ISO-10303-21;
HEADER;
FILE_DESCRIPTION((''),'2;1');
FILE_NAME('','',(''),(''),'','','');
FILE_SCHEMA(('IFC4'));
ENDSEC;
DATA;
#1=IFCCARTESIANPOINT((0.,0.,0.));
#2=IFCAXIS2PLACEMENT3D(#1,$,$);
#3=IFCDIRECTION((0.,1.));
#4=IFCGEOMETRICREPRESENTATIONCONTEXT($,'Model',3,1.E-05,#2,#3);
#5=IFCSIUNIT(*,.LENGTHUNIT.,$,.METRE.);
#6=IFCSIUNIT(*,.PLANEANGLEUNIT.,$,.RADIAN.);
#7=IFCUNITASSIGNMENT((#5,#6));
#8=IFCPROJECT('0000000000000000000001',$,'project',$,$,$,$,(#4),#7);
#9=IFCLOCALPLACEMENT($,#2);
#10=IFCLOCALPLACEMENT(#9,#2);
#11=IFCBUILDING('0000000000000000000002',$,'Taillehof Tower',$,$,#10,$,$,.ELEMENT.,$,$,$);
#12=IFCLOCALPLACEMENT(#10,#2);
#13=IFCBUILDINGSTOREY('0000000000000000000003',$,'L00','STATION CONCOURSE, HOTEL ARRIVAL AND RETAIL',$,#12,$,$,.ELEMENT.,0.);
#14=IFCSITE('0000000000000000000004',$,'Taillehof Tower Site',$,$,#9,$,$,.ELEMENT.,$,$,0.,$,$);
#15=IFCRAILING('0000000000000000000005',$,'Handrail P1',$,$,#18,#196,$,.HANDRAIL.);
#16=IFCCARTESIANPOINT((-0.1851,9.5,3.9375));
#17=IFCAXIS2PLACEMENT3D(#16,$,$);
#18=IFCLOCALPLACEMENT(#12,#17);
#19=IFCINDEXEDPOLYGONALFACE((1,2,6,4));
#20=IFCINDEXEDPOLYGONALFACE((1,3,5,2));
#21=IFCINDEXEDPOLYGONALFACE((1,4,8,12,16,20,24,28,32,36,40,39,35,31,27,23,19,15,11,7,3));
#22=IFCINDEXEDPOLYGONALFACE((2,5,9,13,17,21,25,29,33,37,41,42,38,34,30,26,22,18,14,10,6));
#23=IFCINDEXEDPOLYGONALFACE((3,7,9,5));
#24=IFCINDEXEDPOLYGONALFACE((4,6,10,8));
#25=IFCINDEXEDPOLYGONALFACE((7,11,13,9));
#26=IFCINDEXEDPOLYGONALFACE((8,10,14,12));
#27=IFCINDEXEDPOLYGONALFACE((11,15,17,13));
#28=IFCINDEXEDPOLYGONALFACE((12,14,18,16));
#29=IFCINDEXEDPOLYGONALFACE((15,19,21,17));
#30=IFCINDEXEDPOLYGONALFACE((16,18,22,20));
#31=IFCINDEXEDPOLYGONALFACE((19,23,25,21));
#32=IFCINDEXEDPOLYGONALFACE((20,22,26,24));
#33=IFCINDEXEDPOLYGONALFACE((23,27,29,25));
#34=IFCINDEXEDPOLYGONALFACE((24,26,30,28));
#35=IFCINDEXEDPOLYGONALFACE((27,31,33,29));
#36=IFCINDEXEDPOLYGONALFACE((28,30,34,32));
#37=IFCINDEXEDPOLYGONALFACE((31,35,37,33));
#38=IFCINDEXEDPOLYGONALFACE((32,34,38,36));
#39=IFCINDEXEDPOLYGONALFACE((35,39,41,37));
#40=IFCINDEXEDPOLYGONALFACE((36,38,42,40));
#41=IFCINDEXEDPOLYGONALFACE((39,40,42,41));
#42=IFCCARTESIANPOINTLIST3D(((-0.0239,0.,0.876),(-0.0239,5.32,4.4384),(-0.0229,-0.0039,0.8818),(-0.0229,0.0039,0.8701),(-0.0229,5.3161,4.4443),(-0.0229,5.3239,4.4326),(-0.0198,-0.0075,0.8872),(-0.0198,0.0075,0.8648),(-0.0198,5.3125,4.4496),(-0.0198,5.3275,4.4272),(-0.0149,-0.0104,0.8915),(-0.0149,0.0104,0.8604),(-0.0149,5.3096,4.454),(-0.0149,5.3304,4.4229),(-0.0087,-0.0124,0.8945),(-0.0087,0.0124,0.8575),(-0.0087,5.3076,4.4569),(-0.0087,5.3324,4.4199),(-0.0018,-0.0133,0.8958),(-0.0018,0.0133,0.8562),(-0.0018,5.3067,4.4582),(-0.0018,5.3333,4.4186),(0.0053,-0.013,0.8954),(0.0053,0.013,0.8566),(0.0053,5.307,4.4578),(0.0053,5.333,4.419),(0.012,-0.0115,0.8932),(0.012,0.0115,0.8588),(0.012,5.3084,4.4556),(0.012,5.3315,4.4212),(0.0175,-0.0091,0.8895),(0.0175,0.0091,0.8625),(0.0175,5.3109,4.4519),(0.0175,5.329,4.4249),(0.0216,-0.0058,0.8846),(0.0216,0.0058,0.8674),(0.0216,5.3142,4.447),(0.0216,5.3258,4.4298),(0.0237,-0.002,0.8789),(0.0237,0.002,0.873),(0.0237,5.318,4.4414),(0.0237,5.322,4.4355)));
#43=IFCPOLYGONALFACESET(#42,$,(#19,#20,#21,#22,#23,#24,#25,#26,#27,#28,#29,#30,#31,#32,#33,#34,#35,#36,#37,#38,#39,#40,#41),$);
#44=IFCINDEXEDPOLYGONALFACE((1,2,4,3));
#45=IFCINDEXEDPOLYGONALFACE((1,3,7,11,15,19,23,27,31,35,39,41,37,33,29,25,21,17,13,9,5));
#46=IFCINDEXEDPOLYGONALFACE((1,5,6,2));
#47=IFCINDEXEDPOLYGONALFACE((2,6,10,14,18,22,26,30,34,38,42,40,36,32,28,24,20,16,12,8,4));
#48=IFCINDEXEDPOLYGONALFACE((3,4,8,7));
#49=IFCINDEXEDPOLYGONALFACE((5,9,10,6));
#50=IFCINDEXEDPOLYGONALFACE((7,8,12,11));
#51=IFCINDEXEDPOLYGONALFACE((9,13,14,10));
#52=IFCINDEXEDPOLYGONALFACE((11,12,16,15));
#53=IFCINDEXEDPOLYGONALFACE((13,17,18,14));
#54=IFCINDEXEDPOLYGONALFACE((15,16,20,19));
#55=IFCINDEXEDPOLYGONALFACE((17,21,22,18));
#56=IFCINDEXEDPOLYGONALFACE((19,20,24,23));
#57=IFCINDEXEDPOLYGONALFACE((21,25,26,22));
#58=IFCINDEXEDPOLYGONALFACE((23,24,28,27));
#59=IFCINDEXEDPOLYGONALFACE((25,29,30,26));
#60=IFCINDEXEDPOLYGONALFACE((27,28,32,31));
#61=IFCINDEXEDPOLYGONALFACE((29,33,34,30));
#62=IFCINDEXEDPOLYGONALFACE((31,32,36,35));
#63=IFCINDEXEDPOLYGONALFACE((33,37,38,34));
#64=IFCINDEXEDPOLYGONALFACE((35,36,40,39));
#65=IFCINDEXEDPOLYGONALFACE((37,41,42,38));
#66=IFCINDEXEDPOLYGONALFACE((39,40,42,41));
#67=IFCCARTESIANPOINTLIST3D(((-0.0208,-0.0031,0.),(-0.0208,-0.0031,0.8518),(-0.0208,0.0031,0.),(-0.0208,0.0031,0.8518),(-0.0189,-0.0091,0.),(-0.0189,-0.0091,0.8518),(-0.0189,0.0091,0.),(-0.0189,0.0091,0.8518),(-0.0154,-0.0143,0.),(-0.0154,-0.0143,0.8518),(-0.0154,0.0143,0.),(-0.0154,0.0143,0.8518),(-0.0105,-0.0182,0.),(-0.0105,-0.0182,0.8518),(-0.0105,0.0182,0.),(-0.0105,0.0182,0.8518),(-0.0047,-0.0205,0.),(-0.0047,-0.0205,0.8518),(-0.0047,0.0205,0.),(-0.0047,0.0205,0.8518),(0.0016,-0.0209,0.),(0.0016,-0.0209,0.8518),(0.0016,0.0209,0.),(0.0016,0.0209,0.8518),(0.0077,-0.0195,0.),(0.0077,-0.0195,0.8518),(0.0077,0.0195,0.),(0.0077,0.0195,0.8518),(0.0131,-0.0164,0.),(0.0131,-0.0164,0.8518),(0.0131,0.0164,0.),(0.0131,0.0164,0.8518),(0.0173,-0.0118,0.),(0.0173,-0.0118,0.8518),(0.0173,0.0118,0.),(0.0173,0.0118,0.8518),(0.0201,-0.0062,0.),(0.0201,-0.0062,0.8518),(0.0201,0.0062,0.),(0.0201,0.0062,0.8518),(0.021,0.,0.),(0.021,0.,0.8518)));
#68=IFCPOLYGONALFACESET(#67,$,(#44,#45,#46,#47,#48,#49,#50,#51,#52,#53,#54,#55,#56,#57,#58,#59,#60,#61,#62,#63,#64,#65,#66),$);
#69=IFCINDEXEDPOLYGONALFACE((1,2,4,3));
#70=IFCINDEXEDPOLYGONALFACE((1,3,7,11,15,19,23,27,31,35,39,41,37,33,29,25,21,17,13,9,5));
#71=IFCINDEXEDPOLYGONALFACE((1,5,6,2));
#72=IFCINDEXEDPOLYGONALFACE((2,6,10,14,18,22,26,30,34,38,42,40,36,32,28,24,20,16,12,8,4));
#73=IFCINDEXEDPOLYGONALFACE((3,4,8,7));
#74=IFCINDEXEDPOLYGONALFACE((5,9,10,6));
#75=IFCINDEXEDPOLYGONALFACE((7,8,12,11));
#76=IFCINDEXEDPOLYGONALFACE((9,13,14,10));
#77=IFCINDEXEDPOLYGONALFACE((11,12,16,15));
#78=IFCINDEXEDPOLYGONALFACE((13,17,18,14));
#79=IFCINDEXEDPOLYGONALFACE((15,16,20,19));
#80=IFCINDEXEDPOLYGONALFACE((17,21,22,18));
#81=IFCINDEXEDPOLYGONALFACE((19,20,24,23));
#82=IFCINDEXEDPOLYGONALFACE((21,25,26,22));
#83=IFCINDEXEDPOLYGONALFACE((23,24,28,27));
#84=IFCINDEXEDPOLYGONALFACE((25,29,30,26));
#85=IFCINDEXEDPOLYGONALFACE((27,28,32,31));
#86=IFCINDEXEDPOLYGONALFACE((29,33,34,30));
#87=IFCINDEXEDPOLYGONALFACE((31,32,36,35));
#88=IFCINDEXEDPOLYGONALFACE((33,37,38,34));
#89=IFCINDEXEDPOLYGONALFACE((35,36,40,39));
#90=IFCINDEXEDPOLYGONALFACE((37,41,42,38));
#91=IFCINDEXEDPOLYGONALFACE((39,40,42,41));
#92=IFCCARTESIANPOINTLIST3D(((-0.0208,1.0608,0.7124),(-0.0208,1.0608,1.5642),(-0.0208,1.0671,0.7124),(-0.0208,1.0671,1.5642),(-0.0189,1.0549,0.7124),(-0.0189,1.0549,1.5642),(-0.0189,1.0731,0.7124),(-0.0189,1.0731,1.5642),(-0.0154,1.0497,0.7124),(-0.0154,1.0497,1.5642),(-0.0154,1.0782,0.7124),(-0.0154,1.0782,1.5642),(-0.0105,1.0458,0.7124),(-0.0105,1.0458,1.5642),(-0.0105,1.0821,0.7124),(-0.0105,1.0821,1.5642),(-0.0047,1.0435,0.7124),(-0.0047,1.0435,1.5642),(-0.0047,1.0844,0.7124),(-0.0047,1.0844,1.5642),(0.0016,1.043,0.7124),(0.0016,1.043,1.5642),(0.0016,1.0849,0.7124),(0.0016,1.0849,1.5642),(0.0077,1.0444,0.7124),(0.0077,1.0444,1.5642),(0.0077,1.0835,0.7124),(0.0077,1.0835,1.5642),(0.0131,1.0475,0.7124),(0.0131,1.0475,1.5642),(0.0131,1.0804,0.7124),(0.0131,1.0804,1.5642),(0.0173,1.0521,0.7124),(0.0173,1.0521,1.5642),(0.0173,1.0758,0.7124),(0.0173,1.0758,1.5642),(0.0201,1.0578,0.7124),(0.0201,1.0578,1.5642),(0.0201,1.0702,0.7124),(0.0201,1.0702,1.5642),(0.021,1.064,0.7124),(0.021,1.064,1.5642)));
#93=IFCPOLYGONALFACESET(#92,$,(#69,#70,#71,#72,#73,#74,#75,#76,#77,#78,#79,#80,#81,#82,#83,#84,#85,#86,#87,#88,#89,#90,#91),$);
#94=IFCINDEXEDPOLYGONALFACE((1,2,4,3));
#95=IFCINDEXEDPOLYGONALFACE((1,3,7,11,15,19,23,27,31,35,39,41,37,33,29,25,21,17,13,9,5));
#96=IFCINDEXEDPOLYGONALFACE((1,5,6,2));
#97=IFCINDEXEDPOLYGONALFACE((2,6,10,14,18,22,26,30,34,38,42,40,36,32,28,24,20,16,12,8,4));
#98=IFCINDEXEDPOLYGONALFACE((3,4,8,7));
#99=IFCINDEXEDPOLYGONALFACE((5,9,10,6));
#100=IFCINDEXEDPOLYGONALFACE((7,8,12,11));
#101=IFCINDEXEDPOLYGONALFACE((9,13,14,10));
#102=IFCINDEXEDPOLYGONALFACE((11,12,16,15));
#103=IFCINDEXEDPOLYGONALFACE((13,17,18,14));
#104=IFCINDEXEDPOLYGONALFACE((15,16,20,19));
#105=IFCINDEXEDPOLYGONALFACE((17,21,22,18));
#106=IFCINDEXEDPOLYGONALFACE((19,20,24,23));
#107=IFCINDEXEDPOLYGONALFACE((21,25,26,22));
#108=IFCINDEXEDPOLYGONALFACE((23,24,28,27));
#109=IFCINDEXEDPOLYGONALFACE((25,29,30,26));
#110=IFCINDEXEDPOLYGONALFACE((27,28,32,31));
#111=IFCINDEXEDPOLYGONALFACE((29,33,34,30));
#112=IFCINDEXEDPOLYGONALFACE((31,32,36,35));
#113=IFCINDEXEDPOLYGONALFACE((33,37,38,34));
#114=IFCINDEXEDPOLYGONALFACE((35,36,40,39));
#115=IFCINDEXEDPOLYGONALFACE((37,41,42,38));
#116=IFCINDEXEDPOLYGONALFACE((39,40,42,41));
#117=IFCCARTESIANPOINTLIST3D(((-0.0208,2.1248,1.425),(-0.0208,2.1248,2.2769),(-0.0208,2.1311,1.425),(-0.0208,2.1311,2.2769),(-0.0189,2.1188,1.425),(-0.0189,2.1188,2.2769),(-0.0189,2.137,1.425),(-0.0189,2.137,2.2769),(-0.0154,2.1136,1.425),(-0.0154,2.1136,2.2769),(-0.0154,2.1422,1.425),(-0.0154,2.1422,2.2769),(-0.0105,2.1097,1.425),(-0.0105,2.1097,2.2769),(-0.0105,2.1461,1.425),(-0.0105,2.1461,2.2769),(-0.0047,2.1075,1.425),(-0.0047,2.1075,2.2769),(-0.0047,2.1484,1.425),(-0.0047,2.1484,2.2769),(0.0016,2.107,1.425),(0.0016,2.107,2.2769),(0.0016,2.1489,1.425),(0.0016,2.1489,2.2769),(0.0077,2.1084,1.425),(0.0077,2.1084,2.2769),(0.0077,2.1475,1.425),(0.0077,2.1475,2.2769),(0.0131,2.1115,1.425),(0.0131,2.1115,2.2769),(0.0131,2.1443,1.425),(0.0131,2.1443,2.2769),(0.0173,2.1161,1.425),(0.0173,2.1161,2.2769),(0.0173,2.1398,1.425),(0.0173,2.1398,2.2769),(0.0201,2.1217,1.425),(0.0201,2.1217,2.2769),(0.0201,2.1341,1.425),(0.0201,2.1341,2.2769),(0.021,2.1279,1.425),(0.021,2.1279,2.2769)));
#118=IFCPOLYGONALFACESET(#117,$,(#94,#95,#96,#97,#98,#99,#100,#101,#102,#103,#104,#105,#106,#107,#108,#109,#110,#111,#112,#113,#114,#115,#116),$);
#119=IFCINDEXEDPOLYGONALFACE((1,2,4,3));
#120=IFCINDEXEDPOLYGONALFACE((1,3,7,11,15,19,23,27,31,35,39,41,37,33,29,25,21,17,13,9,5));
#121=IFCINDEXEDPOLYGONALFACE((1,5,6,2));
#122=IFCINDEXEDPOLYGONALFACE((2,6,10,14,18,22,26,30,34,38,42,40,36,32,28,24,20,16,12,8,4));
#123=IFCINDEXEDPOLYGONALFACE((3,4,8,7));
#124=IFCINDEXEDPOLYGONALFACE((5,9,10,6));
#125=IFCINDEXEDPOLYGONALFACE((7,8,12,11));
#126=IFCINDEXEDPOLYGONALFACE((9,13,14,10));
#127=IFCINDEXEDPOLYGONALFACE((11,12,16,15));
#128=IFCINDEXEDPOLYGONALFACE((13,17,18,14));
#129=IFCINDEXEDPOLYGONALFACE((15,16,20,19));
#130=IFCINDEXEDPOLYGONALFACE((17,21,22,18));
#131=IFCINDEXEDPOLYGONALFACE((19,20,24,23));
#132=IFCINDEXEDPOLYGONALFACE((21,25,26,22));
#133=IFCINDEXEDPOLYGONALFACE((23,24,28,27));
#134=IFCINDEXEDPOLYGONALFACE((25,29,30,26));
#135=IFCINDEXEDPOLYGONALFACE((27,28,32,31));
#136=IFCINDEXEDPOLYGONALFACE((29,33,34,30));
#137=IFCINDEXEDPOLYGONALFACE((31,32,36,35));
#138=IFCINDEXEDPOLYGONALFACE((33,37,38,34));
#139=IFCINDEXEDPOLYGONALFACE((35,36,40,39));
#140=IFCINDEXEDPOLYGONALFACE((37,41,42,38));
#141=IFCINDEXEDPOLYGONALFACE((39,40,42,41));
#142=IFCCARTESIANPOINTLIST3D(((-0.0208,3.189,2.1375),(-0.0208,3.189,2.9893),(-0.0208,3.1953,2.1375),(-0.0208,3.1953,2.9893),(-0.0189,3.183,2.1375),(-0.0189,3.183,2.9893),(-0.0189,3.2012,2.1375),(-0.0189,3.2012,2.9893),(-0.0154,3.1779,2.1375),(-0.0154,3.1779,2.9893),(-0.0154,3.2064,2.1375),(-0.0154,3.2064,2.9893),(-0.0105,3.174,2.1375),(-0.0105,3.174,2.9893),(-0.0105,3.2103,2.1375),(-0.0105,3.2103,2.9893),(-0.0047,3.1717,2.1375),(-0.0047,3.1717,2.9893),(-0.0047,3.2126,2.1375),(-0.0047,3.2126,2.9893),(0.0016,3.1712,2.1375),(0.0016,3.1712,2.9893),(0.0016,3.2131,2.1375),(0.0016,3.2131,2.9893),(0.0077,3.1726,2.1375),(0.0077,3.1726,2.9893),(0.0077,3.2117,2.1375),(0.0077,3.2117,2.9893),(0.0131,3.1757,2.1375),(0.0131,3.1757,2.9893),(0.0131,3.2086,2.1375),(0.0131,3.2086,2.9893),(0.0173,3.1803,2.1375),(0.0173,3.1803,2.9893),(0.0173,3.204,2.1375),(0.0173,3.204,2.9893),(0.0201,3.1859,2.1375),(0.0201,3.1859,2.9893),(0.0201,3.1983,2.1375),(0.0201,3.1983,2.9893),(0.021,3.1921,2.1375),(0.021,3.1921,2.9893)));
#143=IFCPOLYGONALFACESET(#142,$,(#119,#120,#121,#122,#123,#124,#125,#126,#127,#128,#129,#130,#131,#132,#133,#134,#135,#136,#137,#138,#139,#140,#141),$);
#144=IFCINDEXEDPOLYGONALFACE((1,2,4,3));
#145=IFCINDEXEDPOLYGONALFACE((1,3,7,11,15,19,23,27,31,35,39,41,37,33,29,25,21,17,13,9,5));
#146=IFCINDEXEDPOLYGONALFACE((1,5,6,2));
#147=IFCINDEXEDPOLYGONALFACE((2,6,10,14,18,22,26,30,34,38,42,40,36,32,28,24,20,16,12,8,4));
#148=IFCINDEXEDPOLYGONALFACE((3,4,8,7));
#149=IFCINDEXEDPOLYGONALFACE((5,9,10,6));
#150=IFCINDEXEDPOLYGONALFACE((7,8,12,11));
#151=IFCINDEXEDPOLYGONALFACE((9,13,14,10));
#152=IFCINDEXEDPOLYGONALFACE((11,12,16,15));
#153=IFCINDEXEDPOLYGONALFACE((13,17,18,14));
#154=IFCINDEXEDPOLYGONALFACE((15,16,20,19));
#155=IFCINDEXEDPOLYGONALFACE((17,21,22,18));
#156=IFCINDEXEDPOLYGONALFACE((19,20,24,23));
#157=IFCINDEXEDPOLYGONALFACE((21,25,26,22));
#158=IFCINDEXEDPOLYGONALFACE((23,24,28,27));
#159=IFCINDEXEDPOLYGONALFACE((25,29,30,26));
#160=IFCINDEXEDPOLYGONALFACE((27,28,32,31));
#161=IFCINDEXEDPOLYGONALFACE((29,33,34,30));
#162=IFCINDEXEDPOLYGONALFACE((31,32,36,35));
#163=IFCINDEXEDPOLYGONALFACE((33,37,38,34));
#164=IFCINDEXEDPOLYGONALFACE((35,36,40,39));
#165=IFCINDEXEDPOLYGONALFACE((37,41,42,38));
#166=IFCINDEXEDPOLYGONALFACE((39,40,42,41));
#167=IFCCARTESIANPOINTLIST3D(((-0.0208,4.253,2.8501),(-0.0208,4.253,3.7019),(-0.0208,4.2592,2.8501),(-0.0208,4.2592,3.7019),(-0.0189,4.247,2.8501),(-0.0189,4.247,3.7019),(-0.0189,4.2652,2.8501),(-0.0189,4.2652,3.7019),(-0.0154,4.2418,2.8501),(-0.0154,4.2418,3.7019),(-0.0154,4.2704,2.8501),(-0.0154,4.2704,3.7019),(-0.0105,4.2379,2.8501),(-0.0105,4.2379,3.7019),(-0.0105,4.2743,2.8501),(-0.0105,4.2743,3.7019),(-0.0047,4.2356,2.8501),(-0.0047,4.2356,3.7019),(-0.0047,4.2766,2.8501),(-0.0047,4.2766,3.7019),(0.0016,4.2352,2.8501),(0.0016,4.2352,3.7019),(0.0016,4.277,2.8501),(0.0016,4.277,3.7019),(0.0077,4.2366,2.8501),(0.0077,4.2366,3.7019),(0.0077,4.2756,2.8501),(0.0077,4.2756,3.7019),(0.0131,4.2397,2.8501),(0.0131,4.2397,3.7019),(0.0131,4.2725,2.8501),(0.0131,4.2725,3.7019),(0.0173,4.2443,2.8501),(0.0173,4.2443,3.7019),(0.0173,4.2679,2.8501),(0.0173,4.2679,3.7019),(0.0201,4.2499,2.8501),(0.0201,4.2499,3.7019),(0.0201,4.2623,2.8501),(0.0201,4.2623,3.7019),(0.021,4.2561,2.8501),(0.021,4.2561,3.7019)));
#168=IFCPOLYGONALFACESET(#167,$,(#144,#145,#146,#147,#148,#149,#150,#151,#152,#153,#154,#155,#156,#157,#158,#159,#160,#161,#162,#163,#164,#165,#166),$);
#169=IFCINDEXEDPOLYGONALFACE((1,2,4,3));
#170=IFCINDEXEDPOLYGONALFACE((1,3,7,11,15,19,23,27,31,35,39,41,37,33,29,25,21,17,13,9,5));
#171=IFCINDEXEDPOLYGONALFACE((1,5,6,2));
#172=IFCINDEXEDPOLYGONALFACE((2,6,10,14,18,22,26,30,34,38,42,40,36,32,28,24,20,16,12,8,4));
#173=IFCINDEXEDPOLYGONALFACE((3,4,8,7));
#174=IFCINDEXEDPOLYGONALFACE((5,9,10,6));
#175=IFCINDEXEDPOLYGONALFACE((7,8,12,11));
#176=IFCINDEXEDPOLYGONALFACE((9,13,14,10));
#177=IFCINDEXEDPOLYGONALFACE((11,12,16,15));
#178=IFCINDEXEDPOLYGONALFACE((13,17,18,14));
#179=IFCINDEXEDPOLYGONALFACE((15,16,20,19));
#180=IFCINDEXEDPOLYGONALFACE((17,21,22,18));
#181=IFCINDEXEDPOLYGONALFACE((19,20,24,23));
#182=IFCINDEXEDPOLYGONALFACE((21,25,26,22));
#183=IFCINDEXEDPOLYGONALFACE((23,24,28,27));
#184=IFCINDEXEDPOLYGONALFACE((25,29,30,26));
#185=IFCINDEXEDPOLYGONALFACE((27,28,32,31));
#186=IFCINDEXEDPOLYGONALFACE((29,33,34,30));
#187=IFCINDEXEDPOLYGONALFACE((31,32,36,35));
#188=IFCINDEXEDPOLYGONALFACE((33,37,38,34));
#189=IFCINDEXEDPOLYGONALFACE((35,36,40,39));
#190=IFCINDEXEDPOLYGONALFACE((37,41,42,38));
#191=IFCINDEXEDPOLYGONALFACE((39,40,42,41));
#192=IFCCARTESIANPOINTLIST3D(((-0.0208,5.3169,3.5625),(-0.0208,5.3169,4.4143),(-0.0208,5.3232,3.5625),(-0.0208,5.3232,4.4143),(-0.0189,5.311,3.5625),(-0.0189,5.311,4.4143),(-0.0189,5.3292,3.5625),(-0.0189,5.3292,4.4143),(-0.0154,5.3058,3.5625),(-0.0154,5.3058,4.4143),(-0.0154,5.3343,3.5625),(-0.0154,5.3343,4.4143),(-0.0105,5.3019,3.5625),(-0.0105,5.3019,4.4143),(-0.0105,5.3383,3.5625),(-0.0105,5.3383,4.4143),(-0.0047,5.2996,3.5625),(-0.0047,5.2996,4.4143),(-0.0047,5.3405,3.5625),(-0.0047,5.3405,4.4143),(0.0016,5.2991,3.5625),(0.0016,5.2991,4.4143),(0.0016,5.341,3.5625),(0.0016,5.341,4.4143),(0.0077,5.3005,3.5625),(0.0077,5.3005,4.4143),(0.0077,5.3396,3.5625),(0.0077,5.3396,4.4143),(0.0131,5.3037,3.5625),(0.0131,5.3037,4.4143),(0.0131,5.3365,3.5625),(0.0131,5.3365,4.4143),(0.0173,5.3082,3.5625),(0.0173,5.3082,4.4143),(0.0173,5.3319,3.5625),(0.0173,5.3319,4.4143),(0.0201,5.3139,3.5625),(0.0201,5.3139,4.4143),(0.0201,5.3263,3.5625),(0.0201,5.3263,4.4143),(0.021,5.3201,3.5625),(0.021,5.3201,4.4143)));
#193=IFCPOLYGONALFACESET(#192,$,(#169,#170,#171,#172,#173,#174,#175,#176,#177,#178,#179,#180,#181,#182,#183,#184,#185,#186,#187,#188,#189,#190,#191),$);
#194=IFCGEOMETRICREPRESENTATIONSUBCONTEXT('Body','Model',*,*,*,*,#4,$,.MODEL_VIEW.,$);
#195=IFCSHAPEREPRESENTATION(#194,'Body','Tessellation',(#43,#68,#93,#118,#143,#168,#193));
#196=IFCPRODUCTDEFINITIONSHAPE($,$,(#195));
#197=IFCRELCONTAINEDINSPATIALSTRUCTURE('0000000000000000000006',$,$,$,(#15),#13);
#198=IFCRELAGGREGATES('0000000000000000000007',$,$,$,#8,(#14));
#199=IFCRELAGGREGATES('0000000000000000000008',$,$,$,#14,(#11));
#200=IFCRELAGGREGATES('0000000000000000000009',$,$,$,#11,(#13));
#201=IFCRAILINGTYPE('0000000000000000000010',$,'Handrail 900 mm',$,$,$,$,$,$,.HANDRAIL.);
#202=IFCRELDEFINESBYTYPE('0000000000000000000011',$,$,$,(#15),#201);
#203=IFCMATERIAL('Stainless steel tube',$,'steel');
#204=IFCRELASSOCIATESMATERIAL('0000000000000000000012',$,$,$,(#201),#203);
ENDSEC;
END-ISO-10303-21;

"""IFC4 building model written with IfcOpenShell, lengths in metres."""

from ifc_helpers import new_model, si_unit, direction, frame, origin, origin_2d, place, context, subcontext, project, spatial, circle, extrude, material, type_object, element, save


model = new_model("IFC4")

# Units and contexts
model_context = context("Model", 3, precision=1e-05, world=origin(), true_north=direction((0.0, 1.0)))
body_context = subcontext(model_context, "Body", "Model", "MODEL_VIEW")
ifc_project = project(units=[si_unit("LENGTHUNIT", "METRE"), si_unit("PLANEANGLEUNIT", "RADIAN")], contexts=[model_context])

# Site, building, storey
site_placement = place(None, origin())
site = spatial("IfcSite", under=ifc_project, at=site_placement, Name="Taillehof Tower Site", CompositionType="ELEMENT", RefElevation=0.0)
building_placement = place(site_placement, origin())
building = spatial("IfcBuilding", under=site, at=building_placement, Name="Taillehof Tower", CompositionType="ELEMENT")
storey_placement = place(building_placement, origin())
storey = spatial("IfcBuildingStorey", under=building, at=storey_placement, Name="L00", Description="STATION CONCOURSE, HOTEL ARRIVAL AND RETAIL", CompositionType="ELEMENT", Elevation=0.0)

# Railing
ifc_material_1 = material(Name="Stainless steel tube", Category="steel")
railing_type = type_object("IfcRailingType", Name="Handrail 900 mm", PredefinedType="HANDRAIL", material=ifc_material_1)
for number, where, name in (
    (1, (-0.1851, 9.5, 3.9375), "Handrail P1"),
):
    element("IfcRailing", number, at=place(storey_placement, frame(where)), inside=storey, type_object=railing_type, Name=name, PredefinedType="HANDRAIL", context=body_context, shape_type="SweptSolid", body=[
        extrude(circle(Radius=0.0239, at=origin_2d()), frame((0.0, 0.0, 0.876), z_axis=(0.0, 0.83091, 0.556406), x_axis=(-1.0, 0.0, 0.0)), (0.0, 0.0, 1.0), 6.4026),
        extrude(circle(Radius=0.021, at=origin_2d()), origin(), (0.0, 0.0, 1.0), 0.8518),
        extrude(circle(Radius=0.021, at=origin_2d()), frame((0.0, 1.064, 0.7124)), (0.0, 0.0, 1.0), 0.8518),
        extrude(circle(Radius=0.021, at=origin_2d()), frame((0.0, 2.1279, 1.425)), (0.0, 0.0, 1.0), 0.8518),
        extrude(circle(Radius=0.021, at=origin_2d()), frame((0.0, 3.1921, 2.1375)), (0.0, 0.0, 1.0), 0.8518),
        extrude(circle(Radius=0.021, at=origin_2d()), frame((0.0, 4.2561, 2.8501)), (0.0, 0.0, 1.0), 0.8518),
        extrude(circle(Radius=0.021, at=origin_2d()), frame((0.0, 5.3201, 3.5625)), (0.0, 0.0, 1.0), 0.8518),
    ])

save(model, "model.ifc")
